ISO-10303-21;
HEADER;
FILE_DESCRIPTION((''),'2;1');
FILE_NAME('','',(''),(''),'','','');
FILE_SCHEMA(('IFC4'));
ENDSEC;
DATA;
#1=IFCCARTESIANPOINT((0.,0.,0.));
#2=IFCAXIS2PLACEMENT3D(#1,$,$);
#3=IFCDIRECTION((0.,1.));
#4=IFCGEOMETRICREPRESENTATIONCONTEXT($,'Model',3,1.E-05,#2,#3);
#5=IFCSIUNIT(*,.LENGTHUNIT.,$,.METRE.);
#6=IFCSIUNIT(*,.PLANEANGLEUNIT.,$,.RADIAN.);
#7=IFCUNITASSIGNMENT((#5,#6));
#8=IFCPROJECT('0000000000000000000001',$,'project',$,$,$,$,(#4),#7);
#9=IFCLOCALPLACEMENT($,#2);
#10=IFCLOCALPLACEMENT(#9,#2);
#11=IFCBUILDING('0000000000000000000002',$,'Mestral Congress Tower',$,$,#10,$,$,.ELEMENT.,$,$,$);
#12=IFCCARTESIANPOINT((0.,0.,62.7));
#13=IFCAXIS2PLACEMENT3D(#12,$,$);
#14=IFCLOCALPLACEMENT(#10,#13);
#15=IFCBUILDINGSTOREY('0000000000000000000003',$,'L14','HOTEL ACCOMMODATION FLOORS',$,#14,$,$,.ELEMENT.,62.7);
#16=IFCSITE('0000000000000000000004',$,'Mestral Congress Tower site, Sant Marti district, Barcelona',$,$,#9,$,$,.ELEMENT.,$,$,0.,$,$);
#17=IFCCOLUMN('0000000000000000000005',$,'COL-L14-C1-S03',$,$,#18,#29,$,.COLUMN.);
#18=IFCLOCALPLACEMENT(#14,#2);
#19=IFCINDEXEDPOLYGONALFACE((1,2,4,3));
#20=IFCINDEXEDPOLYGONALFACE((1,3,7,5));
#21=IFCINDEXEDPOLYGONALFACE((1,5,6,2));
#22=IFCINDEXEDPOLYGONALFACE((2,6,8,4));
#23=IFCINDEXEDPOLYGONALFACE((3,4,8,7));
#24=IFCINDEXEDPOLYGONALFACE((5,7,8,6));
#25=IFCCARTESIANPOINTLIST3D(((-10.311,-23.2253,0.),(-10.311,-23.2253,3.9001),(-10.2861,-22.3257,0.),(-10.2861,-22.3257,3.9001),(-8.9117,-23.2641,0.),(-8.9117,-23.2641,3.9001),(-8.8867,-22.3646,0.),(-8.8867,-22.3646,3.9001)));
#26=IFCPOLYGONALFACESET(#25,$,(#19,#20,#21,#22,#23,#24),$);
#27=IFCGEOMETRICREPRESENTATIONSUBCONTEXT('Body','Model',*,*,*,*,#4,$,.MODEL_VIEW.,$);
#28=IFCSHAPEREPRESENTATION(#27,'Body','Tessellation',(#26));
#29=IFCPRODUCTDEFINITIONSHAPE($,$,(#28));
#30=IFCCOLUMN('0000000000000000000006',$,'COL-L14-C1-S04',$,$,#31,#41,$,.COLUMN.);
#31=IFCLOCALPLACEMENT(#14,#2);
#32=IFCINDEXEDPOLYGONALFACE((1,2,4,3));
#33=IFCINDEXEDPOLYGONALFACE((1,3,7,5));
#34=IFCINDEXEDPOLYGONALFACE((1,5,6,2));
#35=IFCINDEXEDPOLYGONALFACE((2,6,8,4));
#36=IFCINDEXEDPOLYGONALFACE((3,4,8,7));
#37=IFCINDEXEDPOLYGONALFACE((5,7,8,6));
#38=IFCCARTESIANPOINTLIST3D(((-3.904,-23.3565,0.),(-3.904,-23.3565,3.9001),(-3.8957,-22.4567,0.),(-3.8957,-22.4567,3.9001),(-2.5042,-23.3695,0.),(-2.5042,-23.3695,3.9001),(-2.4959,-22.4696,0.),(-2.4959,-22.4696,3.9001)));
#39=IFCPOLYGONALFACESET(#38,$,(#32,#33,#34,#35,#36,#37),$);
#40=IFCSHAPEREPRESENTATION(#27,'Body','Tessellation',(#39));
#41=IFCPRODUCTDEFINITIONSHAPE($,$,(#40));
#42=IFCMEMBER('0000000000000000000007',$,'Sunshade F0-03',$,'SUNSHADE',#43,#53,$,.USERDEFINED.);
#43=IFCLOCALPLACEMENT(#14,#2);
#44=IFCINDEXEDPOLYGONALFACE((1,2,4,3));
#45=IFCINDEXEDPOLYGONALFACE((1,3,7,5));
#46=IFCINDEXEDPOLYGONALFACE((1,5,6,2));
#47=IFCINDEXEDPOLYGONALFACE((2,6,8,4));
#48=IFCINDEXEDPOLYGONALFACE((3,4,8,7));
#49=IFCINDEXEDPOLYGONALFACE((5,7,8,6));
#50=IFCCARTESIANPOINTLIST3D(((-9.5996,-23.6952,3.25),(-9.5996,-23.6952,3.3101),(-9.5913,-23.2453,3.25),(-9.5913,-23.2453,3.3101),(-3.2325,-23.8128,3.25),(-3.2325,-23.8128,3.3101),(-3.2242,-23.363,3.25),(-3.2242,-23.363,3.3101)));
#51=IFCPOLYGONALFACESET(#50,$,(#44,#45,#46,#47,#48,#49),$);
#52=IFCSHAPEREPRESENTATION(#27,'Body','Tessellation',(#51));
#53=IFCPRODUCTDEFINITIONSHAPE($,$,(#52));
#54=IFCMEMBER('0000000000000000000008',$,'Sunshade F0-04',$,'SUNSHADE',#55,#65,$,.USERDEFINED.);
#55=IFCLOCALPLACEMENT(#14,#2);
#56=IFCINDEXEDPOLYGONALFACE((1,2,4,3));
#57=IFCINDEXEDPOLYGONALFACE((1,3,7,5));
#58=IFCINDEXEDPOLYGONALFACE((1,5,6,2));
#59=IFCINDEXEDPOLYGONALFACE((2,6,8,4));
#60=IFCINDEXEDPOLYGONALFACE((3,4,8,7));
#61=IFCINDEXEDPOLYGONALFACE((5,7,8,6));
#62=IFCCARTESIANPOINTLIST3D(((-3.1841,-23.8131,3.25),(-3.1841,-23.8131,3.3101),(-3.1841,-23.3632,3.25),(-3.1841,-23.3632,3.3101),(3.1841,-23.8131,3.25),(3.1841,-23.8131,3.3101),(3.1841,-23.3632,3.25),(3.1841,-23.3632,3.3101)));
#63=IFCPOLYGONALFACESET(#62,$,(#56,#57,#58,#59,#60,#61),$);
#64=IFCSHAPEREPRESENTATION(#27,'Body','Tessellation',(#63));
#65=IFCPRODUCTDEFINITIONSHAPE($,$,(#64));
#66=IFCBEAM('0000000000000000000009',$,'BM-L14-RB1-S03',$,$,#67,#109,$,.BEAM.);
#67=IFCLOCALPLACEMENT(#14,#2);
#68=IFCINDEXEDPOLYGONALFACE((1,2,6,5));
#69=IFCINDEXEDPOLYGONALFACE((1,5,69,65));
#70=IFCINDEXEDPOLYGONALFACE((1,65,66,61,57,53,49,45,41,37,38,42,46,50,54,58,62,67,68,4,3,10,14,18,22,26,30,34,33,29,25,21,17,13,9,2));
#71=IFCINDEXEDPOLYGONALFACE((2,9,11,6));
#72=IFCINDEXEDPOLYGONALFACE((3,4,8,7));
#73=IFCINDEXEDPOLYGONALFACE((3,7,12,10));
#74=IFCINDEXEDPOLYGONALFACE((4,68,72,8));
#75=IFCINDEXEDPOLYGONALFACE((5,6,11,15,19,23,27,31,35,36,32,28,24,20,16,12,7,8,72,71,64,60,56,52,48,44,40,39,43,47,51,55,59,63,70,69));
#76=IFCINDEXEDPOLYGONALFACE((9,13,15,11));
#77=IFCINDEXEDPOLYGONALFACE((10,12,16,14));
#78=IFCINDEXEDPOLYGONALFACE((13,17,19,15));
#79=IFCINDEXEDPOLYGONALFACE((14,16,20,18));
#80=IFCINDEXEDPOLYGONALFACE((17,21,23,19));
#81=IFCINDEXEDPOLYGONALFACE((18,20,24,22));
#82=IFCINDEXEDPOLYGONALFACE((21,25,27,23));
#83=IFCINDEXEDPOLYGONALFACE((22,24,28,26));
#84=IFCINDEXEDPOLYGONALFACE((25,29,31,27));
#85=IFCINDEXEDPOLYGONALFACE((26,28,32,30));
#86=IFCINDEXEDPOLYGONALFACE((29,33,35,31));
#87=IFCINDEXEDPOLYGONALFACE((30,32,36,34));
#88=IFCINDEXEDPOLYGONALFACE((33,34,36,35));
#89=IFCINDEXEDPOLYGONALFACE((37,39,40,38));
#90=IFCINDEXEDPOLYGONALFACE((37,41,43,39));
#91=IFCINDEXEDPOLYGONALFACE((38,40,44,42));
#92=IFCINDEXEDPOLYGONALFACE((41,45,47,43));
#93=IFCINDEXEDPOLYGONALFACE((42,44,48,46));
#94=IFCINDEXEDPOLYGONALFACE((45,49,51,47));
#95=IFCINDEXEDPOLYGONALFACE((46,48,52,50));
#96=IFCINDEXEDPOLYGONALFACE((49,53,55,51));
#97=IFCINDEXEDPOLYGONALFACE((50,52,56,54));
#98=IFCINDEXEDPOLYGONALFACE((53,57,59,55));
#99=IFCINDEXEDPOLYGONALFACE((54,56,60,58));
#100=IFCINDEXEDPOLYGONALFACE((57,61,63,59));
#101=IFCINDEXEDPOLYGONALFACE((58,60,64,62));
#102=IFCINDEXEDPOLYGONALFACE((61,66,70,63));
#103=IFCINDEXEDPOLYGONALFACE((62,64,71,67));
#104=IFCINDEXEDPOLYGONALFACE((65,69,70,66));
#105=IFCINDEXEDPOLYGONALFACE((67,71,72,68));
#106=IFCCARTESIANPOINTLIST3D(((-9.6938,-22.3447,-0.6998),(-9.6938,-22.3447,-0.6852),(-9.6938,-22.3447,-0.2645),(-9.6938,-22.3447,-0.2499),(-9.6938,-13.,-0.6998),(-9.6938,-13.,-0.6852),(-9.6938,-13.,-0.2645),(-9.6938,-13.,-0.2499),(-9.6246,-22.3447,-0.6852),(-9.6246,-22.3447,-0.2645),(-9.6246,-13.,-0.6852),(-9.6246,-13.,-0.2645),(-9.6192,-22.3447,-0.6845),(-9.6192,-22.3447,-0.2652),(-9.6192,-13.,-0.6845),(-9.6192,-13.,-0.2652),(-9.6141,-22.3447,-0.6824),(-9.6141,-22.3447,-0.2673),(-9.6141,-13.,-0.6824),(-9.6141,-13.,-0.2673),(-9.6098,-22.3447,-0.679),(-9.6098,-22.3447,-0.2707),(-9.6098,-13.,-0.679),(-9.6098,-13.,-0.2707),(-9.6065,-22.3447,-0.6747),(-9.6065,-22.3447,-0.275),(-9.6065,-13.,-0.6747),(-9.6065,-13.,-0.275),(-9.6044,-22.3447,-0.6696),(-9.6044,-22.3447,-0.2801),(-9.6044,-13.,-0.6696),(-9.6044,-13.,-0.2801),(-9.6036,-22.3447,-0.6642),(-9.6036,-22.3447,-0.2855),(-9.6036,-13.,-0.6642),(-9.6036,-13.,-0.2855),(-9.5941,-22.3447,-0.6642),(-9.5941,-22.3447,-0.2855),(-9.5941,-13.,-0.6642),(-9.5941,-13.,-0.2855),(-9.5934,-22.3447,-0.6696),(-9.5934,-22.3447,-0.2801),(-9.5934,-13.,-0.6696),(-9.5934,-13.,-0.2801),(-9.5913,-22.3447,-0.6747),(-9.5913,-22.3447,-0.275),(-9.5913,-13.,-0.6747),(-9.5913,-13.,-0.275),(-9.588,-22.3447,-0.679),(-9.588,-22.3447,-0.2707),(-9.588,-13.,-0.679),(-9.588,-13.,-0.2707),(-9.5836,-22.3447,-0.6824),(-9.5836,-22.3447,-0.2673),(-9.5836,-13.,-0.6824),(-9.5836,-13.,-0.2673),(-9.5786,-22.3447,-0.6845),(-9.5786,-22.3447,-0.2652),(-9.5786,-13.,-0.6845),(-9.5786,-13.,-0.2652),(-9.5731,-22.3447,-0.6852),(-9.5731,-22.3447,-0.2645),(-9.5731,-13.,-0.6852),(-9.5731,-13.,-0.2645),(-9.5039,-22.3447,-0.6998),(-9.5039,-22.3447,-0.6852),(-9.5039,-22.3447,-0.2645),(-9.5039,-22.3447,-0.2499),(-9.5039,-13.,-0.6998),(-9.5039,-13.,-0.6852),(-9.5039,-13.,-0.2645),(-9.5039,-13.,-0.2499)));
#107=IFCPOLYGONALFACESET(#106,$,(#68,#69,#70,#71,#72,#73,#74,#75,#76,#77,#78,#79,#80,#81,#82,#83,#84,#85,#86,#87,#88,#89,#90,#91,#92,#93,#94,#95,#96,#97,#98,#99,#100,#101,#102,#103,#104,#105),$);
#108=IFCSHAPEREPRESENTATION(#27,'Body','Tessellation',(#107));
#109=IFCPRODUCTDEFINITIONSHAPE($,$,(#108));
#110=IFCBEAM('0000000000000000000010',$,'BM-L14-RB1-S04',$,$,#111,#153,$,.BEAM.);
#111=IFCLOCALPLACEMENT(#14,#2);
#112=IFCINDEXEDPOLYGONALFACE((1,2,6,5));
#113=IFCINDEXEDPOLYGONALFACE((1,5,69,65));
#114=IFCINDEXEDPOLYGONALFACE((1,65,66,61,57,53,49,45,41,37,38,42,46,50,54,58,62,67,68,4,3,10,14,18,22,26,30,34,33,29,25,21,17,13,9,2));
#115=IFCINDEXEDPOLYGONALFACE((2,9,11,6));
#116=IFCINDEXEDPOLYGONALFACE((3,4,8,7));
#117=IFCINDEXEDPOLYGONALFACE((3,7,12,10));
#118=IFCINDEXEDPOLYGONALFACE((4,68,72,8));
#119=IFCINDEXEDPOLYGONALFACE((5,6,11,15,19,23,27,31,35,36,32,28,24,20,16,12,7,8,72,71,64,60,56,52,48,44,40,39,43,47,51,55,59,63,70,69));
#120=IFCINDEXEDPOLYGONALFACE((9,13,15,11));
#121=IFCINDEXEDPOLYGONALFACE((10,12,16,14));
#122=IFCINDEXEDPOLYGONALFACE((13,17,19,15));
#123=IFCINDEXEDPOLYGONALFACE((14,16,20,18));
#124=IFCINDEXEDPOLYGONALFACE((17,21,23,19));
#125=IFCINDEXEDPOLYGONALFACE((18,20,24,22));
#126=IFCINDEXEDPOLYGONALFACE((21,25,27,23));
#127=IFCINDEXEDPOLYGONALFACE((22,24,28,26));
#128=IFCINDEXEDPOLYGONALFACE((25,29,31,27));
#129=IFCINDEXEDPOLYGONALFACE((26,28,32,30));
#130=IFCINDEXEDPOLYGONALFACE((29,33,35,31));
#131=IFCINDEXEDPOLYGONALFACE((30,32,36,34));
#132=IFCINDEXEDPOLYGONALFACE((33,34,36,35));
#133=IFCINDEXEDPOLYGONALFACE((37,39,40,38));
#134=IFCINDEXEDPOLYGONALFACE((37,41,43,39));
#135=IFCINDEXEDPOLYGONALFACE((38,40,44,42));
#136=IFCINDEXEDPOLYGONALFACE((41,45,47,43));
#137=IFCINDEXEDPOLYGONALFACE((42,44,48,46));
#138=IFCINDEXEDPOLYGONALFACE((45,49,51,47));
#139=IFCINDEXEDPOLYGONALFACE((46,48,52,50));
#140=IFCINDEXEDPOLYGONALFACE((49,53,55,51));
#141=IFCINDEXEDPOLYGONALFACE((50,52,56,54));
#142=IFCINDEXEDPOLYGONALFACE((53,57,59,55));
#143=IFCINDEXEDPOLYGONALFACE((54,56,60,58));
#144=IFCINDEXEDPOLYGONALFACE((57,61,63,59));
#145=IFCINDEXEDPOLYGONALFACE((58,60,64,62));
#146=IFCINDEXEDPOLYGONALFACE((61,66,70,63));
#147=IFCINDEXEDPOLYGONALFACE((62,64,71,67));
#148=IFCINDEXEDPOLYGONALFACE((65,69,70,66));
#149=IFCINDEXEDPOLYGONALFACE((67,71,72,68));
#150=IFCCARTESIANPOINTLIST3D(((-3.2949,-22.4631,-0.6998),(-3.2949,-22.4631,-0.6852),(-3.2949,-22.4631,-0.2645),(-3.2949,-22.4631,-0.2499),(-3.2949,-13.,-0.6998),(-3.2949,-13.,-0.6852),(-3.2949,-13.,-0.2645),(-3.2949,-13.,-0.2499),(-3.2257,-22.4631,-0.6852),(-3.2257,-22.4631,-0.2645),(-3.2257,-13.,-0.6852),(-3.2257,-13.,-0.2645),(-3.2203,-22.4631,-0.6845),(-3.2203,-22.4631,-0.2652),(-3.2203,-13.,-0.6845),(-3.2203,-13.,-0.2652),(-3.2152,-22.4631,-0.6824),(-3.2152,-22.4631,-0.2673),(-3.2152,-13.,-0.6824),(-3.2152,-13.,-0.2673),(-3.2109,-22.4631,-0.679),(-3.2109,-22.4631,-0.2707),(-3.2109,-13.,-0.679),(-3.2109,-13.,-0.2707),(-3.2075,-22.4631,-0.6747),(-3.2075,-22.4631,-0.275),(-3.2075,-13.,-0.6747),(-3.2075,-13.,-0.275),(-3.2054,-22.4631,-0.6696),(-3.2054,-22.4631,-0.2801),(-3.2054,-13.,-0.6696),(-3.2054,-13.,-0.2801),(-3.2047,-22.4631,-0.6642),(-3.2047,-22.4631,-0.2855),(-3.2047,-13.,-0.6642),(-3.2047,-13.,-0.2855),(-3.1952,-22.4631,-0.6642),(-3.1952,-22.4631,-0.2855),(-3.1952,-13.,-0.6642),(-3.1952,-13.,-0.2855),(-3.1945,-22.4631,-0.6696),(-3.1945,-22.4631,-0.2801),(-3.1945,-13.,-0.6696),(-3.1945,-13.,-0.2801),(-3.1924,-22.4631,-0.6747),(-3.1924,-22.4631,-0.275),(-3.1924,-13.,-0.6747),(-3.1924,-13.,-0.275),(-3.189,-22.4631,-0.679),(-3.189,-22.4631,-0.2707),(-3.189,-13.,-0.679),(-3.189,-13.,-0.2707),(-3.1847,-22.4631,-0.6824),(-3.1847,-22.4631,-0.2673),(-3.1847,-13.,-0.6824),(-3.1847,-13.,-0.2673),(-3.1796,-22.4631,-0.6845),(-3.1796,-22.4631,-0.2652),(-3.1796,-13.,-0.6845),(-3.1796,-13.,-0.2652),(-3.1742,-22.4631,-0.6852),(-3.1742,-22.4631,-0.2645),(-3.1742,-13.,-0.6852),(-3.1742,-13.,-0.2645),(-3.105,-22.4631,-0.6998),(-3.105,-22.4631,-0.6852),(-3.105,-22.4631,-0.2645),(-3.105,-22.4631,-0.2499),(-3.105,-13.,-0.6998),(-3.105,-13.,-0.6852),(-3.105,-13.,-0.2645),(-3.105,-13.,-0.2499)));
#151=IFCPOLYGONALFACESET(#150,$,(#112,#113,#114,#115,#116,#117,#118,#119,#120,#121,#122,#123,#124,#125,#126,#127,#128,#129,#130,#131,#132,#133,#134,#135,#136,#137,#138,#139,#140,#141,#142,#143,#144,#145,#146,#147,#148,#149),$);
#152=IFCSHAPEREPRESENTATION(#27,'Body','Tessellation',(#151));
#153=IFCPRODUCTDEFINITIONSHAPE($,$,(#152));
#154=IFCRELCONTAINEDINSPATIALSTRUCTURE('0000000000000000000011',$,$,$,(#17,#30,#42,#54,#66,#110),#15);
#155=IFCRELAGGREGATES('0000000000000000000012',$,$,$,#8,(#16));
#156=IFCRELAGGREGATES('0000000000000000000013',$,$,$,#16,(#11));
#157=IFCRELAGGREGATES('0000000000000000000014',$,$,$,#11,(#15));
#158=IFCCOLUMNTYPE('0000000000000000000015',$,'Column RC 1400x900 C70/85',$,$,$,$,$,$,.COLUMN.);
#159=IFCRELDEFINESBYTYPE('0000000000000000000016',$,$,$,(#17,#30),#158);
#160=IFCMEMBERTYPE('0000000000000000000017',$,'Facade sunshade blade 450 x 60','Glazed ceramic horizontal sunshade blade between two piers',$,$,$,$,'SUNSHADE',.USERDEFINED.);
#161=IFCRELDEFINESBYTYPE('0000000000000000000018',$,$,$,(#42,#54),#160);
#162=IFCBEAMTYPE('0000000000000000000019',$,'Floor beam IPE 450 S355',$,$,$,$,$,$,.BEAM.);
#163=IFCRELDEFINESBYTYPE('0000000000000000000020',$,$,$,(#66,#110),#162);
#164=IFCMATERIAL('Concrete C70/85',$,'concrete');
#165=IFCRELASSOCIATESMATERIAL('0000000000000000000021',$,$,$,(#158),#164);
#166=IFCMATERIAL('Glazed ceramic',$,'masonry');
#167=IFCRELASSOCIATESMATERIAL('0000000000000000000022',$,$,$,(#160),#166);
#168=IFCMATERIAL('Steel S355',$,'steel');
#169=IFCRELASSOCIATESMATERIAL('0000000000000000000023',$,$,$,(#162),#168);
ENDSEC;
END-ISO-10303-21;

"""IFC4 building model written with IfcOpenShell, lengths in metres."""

from ifc_helpers import new_model, si_unit, direction, frame, origin, origin_2d, place, context, subcontext, project, spatial, rectangle, i_section, extrude, material, material_profile, profile_set, type_object, element, save


model = new_model("IFC4")

# Units and contexts
model_context = context("Model", 3, precision=1e-05, world=origin(), true_north=direction((0.0, 1.0)))
body_context = subcontext(model_context, "Body", "Model", "MODEL_VIEW")
ifc_project = project(units=[si_unit("LENGTHUNIT", "METRE"), si_unit("PLANEANGLEUNIT", "RADIAN")], contexts=[model_context])

# Site, building, storey
site_placement = place(None, origin())
site = spatial("IfcSite", under=ifc_project, at=site_placement, Name="Mestral Congress Tower site, Sant Marti district, Barcelona", CompositionType="ELEMENT", RefElevation=0.0)
building_placement = place(site_placement, origin())
building = spatial("IfcBuilding", under=site, at=building_placement, Name="Mestral Congress Tower", CompositionType="ELEMENT")
storey_placement = place(building_placement, frame((0.0, 0.0, 62.7)))
storey = spatial("IfcBuildingStorey", under=building, at=storey_placement, Name="L14", Description="HOTEL ACCOMMODATION FLOORS", CompositionType="ELEMENT", Elevation=62.7)

# Columns
ifc_material_1 = material(Name="Concrete C70/85", Category="concrete")
ifc_material_profile_1 = material_profile(ifc_material_1, rectangle(XDim=1.3999, YDim=0.8999, at=origin_2d()), Name="RC 1400x900")
ifc_profile_set_1 = profile_set([ifc_material_profile_1], Name="Concrete C70/85")
column_type = type_object("IfcColumnType", Name="Column RC 1400x900 C70/85", PredefinedType="COLUMN", material=ifc_profile_set_1)
for number, where, z_axis, x_axis, name in (
    (1, (-9.5989, -22.7949, 0.0), (0.0, 0.0, 1.0), (0.999616, -0.027726, 0.0), "COL-L14-C1-S03"),
    (2, (-3.2, -22.9131, 0.0), (0.0, 0.0, 1.0), (0.999957, -0.009243, 0.0), "COL-L14-C1-S04"),
):
    element("IfcColumn", number, at=place(storey_placement, frame(where, z_axis=z_axis, x_axis=x_axis)), inside=storey, type_object=column_type, Name=name, PredefinedType="COLUMN", context=body_context, shape_type="SweptSolid", body=[
        extrude(rectangle(XDim=1.3999, YDim=0.8999, at=origin_2d()), origin(), (0.0, 0.0, 1.0), 3.9001),
    ])

# Members
ifc_material_2 = material(Name="Glazed ceramic", Category="masonry")
ifc_material_profile_2 = material_profile(ifc_material_2, rectangle(XDim=0.45, YDim=0.0601, at=origin_2d()), Name="Ceramic blade 450 x 60")
ifc_profile_set_2 = profile_set([ifc_material_profile_2], Name="Glazed ceramic")
member_type = type_object("IfcMemberType", Name="Facade sunshade blade 450 x 60", Description="Glazed ceramic horizontal sunshade blade between two piers", ElementType="SUNSHADE", PredefinedType="USERDEFINED", material=ifc_profile_set_2)
for number, where, z_axis, x_axis, name in (
    (3, (-9.5955, -23.4702, 3.28), (0.999829, -0.018478, 0.0), (0.018478, 0.999829, 0.0), "Sunshade F0-03"),
    (4, (-3.1841, -23.5881, 3.28), (1.0, 0.0, 0.0), (0.0, 1.0, 0.0), "Sunshade F0-04"),
):
    element("IfcMember", number, at=place(storey_placement, frame(where, z_axis=z_axis, x_axis=x_axis)), inside=storey, type_object=member_type, Name=name, ObjectType="SUNSHADE", PredefinedType="USERDEFINED", context=body_context, shape_type="SweptSolid", body=[
        extrude(rectangle(XDim=0.45, YDim=0.0601, at=origin_2d()), origin(), (0.0, 0.0, 1.0), 6.3682),
    ])

# Beams
ifc_material_3 = material(Name="Steel S355", Category="steel")
ifc_material_profile_3 = material_profile(ifc_material_3, i_section(OverallWidth=0.1899, OverallDepth=0.45, WebThickness=0.0095, FlangeThickness=0.0146, FilletRadius=0.021, at=origin_2d()), Name="IPE 450")
ifc_profile_set_3 = profile_set([ifc_material_profile_3], Name="Steel S355")
beam_type_1 = type_object("IfcBeamType", Name="Floor beam IPE 450 S355", PredefinedType="BEAM", material=ifc_profile_set_3)
beam_1_placement = place(storey_placement, frame((-9.5989, -22.3447, -0.4749), z_axis=(0.0, 1.0, 0.0), x_axis=(-1.0, 0.0, 0.0)))
element("IfcBeam", 5, at=beam_1_placement, inside=storey, type_object=beam_type_1, Name="BM-L14-RB1-S03", PredefinedType="BEAM", context=body_context, shape_type="SweptSolid", body=[
    extrude(i_section(OverallWidth=0.1899, OverallDepth=0.45, WebThickness=0.0095, FlangeThickness=0.0146, FilletRadius=0.021, at=origin_2d()), origin(), (0.0, 0.0, 1.0), 9.3447),
])
beam_2_placement = place(storey_placement, frame((-3.2, -22.4631, -0.4749), z_axis=(0.0, 1.0, 0.0), x_axis=(-1.0, 0.0, 0.0)))
element("IfcBeam", 6, at=beam_2_placement, inside=storey, type_object=beam_type_1, Name="BM-L14-RB1-S04", PredefinedType="BEAM", context=body_context, shape_type="SweptSolid", body=[
    extrude(i_section(OverallWidth=0.1899, OverallDepth=0.45, WebThickness=0.0095, FlangeThickness=0.0146, FilletRadius=0.021, at=origin_2d()), origin(), (0.0, 0.0, 1.0), 9.4631),
])

save(model, "model.ifc")
